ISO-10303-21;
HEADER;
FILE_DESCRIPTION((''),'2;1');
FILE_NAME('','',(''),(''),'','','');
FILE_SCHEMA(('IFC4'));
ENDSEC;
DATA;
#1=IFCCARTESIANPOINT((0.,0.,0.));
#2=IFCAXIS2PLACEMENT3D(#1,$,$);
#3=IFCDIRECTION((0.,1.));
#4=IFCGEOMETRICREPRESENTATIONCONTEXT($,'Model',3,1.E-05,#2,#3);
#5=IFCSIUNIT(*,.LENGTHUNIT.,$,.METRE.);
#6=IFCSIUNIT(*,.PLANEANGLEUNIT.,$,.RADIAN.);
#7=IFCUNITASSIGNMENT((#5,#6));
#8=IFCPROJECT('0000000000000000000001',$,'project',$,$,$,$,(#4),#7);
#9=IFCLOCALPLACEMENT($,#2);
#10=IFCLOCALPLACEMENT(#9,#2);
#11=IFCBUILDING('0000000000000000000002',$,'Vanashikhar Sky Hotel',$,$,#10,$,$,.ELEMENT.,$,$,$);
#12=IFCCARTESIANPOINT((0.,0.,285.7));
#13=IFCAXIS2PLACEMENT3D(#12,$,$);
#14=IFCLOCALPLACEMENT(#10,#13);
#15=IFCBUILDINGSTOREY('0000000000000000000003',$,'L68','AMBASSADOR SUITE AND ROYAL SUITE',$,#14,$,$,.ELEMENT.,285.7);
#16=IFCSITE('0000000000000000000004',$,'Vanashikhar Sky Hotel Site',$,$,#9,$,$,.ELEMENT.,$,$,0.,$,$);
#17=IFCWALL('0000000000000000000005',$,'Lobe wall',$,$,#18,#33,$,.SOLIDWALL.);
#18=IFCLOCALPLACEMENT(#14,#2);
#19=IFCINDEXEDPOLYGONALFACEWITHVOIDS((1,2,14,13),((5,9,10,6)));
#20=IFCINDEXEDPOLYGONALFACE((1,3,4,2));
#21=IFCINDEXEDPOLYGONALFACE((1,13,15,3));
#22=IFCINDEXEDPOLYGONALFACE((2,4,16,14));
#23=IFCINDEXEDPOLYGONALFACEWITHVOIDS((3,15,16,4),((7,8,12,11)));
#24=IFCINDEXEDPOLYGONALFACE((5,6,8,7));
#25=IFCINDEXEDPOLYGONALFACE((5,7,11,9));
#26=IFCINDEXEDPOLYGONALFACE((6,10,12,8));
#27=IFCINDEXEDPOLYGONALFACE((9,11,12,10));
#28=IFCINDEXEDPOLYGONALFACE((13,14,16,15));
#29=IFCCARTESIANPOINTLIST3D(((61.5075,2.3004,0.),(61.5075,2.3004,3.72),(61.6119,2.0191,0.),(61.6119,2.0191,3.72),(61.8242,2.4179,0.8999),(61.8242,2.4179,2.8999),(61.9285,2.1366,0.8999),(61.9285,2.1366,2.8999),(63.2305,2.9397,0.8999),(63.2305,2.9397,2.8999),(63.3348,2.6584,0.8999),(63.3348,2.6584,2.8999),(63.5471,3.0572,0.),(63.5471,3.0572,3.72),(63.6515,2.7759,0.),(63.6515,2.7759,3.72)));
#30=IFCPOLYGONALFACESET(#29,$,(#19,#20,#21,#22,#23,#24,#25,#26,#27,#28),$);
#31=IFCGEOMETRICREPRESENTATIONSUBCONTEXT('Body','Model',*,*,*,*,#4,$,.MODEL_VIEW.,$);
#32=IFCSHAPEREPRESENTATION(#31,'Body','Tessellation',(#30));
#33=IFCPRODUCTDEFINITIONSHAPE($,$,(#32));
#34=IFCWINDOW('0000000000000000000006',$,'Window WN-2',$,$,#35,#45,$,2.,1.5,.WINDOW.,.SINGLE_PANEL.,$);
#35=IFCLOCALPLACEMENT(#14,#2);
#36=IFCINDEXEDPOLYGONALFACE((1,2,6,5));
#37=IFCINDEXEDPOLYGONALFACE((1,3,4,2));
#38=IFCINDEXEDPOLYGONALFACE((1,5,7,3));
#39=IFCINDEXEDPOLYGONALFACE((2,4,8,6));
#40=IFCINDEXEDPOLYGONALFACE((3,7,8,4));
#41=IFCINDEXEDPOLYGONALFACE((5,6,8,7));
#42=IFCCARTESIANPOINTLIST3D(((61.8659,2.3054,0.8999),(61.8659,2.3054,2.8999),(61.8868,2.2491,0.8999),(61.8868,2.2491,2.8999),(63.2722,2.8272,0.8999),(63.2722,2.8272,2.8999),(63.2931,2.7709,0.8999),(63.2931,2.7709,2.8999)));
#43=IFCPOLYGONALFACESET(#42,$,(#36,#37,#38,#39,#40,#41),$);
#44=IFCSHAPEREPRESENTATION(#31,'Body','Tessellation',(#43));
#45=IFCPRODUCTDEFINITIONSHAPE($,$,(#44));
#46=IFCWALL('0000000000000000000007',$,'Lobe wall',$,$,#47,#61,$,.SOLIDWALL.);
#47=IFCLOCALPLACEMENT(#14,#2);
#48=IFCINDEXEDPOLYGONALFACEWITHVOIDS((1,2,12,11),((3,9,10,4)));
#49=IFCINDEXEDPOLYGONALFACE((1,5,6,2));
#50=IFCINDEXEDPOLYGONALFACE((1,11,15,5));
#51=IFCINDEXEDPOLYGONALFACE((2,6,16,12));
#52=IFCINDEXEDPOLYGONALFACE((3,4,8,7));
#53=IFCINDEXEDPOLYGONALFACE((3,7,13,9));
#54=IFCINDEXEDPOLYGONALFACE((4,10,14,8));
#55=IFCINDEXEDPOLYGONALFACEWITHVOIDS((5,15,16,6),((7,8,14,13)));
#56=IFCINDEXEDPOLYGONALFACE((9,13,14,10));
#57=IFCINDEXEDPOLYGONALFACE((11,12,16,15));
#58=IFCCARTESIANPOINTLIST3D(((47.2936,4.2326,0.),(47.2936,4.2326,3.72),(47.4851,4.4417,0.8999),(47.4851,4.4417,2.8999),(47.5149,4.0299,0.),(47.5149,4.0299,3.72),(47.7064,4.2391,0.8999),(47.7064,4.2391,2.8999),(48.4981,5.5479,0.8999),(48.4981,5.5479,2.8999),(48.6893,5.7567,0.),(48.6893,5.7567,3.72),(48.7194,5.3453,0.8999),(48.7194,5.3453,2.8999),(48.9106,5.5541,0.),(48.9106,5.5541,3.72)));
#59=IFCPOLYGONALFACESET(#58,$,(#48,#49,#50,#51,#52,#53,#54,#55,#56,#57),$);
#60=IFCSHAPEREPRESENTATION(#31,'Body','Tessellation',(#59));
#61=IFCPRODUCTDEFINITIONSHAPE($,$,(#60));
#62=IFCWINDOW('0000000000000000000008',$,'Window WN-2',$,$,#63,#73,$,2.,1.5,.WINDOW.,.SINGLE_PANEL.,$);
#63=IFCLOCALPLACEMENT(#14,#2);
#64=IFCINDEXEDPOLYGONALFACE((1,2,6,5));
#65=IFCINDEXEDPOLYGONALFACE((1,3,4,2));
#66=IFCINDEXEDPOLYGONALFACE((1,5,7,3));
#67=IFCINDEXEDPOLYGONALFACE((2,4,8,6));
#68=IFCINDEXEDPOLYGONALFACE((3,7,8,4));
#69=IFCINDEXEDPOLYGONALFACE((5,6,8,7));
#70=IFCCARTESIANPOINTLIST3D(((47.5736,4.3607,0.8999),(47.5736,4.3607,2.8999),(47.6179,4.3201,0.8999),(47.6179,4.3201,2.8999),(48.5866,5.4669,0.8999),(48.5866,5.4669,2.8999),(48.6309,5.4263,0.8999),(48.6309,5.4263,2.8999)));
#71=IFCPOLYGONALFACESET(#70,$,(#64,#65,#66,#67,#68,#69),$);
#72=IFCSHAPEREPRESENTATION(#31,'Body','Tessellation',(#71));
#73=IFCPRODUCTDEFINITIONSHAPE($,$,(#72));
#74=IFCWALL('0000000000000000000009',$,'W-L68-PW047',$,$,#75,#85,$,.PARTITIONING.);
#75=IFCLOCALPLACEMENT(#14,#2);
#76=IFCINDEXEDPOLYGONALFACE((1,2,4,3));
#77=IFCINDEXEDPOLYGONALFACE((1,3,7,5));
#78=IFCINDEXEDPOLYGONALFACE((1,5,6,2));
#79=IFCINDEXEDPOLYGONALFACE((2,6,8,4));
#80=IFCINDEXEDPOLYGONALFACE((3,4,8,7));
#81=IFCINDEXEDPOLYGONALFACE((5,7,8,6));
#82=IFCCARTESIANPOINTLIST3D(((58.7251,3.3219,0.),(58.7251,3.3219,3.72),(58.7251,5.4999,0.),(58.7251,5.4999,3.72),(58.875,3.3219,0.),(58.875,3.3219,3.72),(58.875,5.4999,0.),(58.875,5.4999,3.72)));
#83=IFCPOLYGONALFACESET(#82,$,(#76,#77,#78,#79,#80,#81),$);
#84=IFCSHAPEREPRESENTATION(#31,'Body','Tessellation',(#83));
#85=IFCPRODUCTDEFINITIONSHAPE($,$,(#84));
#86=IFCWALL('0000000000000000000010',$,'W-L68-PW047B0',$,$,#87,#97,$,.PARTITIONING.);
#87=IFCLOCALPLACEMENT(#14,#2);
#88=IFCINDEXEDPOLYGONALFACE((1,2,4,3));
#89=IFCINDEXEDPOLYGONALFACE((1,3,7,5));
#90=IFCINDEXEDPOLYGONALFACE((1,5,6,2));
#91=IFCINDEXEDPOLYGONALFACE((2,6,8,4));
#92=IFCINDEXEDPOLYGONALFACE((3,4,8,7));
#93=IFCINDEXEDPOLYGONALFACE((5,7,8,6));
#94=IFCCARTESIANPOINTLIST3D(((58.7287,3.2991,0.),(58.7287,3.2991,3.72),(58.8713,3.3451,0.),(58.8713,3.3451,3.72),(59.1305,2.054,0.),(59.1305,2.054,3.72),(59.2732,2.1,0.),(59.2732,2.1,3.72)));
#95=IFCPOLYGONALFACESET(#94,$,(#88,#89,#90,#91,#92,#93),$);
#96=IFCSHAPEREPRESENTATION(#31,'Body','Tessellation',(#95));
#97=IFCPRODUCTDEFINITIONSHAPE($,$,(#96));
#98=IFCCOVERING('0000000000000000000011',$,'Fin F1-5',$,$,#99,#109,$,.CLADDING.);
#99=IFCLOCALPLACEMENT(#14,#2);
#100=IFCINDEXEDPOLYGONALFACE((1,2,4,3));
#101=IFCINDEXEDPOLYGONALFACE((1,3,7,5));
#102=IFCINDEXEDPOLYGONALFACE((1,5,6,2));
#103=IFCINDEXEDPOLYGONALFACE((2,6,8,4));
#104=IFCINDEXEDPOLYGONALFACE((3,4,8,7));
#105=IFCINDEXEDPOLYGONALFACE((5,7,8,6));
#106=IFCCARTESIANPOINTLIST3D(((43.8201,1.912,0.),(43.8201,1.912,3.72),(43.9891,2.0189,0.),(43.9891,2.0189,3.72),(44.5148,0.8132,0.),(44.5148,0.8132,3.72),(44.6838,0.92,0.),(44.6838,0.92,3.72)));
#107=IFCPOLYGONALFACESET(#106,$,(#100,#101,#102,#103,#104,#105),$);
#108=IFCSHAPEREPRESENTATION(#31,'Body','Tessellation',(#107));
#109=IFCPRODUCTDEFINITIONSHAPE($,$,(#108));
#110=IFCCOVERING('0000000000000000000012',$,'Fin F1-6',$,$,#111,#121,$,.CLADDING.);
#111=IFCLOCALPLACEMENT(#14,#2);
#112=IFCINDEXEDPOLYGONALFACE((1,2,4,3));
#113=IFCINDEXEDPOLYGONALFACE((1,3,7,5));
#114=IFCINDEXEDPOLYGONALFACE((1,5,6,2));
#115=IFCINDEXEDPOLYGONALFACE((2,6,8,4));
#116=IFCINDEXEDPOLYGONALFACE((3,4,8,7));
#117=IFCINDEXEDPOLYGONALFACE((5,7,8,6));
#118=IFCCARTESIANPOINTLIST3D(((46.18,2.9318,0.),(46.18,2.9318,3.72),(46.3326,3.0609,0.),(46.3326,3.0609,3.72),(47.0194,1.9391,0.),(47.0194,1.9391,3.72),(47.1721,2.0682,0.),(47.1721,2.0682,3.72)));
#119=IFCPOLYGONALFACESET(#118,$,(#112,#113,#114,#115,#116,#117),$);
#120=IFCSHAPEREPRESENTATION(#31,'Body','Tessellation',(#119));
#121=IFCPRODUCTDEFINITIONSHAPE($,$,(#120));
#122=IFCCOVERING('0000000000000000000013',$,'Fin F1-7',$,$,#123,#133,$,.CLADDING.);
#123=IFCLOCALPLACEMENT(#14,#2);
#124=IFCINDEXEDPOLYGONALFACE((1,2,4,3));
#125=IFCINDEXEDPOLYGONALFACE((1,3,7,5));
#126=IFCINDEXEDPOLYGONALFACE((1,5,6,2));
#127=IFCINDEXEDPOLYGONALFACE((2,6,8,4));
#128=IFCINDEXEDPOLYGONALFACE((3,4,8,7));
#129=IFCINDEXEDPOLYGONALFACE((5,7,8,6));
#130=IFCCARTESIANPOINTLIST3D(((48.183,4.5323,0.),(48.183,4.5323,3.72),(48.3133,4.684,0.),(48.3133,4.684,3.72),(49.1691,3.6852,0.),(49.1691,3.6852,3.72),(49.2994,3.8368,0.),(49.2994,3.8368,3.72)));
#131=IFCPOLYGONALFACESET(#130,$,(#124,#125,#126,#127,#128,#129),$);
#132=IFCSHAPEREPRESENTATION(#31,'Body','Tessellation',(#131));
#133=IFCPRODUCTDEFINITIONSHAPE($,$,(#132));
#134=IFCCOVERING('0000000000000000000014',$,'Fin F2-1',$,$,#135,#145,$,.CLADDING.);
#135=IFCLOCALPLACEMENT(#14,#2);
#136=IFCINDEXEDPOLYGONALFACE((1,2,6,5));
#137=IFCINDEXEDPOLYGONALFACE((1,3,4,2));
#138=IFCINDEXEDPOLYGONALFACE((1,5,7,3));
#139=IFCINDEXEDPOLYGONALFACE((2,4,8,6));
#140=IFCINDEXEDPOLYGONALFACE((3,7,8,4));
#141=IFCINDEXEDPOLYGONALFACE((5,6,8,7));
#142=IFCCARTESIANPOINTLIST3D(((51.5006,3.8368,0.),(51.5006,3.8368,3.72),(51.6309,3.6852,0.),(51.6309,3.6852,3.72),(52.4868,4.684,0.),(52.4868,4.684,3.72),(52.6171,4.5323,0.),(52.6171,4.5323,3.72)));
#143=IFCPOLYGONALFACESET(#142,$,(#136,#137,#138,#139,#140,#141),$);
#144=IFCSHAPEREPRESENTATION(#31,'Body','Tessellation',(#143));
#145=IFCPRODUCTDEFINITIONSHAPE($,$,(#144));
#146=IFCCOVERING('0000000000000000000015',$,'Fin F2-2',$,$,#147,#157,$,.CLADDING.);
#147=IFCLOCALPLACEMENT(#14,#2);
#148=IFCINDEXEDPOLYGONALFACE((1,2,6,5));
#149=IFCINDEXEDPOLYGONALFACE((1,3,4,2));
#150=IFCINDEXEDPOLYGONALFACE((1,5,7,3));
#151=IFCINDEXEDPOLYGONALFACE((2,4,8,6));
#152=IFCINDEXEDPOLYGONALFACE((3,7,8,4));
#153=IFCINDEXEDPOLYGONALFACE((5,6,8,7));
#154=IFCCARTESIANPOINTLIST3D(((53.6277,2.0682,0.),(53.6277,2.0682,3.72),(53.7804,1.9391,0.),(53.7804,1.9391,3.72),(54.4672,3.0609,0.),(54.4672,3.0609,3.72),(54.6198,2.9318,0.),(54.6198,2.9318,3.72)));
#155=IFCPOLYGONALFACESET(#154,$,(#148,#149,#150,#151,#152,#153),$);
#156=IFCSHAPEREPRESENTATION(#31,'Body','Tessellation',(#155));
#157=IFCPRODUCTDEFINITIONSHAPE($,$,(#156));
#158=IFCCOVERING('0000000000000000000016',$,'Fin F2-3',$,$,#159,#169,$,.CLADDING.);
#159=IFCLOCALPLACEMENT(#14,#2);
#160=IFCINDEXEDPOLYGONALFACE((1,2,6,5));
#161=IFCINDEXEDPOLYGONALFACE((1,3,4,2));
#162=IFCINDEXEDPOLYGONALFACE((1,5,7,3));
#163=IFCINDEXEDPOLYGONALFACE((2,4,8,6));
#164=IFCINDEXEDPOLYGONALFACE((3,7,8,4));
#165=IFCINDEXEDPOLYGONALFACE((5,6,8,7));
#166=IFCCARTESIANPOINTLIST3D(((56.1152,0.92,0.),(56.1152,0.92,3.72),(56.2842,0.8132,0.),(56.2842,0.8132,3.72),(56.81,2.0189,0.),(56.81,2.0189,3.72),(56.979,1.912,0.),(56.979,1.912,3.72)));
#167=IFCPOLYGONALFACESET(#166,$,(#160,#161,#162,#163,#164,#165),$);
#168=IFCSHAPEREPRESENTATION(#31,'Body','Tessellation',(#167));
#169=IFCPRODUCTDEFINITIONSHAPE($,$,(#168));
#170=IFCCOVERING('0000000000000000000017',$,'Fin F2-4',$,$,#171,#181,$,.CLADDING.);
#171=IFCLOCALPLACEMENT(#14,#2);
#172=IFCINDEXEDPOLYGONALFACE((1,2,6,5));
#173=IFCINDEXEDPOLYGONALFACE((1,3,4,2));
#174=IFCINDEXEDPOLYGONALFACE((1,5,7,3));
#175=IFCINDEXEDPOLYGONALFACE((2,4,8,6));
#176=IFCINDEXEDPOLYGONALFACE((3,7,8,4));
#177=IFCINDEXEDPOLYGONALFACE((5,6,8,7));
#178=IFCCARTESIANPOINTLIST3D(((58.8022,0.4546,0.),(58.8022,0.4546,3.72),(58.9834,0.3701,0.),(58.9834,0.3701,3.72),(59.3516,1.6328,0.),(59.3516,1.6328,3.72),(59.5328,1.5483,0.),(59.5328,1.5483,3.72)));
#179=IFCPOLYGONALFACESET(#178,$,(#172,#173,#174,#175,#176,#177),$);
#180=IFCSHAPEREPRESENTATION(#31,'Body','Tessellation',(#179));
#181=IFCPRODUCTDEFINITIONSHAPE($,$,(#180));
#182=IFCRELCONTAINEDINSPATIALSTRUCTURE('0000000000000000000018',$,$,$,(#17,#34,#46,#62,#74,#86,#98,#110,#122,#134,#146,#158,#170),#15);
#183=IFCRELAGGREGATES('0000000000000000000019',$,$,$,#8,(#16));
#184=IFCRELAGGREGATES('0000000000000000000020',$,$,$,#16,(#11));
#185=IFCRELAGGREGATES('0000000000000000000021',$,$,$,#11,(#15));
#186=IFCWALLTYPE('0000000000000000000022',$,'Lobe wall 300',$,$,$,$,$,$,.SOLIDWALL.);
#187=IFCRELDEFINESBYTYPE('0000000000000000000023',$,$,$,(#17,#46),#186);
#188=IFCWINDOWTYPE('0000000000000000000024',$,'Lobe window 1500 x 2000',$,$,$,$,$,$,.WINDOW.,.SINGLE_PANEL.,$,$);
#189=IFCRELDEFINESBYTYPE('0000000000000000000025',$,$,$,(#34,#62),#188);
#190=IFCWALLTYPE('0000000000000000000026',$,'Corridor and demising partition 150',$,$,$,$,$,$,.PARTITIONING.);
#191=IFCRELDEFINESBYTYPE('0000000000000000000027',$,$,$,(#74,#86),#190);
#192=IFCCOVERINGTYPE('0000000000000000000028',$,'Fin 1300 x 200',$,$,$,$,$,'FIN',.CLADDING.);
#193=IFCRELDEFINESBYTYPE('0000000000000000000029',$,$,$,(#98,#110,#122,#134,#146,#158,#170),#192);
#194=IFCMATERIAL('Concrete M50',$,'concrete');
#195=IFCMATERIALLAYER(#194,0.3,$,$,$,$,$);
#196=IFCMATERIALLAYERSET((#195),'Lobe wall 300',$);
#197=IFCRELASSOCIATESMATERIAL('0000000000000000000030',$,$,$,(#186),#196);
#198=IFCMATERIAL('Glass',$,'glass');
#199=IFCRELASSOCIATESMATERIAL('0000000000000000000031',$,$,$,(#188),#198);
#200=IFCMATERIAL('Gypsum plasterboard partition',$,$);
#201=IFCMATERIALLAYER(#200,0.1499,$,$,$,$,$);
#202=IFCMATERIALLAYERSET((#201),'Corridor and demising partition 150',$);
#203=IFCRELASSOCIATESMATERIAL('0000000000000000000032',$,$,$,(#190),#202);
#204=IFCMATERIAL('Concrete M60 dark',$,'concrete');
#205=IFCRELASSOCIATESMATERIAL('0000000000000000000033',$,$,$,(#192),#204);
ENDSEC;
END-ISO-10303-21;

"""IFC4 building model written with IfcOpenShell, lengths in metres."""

from ifc_helpers import new_model, si_unit, direction, frame, frame_2d, origin, origin_2d, place, context, subcontext, project, spatial, rectangle, extrude, source, transform, mapped, material, layer, layer_set, material_profile, profile_set, type_object, element, fill, save


model = new_model("IFC4")

# Units and contexts
model_context = context("Model", 3, precision=1e-05, world=origin(), true_north=direction((0.0, 1.0)))
body_context = subcontext(model_context, "Body", "Model", "MODEL_VIEW")
ifc_project = project(units=[si_unit("LENGTHUNIT", "METRE"), si_unit("PLANEANGLEUNIT", "RADIAN")], contexts=[model_context])

# Site, building, storey
site_placement = place(None, origin())
site = spatial("IfcSite", under=ifc_project, at=site_placement, Name="Vanashikhar Sky Hotel Site", CompositionType="ELEMENT", RefElevation=0.0)
building_placement = place(site_placement, origin())
building = spatial("IfcBuilding", under=site, at=building_placement, Name="Vanashikhar Sky Hotel", CompositionType="ELEMENT")
storey_placement = place(building_placement, frame((0.0, 0.0, 285.7)))
storey = spatial("IfcBuildingStorey", under=building, at=storey_placement, Name="L68", Description="AMBASSADOR SUITE AND ROYAL SUITE", CompositionType="ELEMENT", Elevation=285.7)

# Shared definitions
ifc_material_1 = material(Name="Concrete M50", Category="concrete")

# Walls, openings, windows
ifc_layer_1 = layer(ifc_material_1, 0.3)
ifc_layer_set_1 = layer_set([ifc_layer_1], Name="Lobe wall 300")
wall_type_1 = type_object("IfcWallType", Name="Lobe wall 300", PredefinedType="SOLIDWALL", material=ifc_layer_set_1)
shared_shape_1 = source(origin(), body_context, "Body", "SweptSolid", [
    extrude(rectangle(XDim=1.5, YDim=2.0, at=frame_2d((0.75, 1.0))), frame((0.0, 0.1602, 0.0), z_axis=(0.0, -1.0, 0.0), x_axis=(1.0, 0.0, 0.0)), (0.0, 0.0, 1.0), 0.3201),
])
ifc_material_2 = material(Name="Glass", Category="glass")
window_type = type_object("IfcWindowType", Name="Lobe window 1500 x 2000", PartitioningType="SINGLE_PANEL", PredefinedType="WINDOW", material=ifc_material_2)
shared_shape_2 = source(origin(), body_context, "Body", "SweptSolid", [
    extrude(rectangle(XDim=1.5, YDim=2.0, at=frame_2d((0.75, 1.0))), frame((0.0, 0.03, 0.0), z_axis=(0.0, -1.0, 0.0), x_axis=(1.0, 0.0, 0.0)), (0.0, 0.0, 1.0), 0.0601),
])
shared_shape_3 = source(origin(), body_context, "Body", "SweptSolid", [
    extrude(rectangle(XDim=2.1755, YDim=0.3, at=frame_2d((1.0879, 0.0))), origin(), (0.0, 0.0, 1.0), 3.72),
])
wall_1_placement = place(storey_placement, frame((61.5596, 2.1597, 0.0), z_axis=(0.0, 0.0, 1.0), x_axis=(0.937532, 0.347899, 0.0)))
wall_1 = element("IfcWall", 1, at=wall_1_placement, inside=storey, type_object=wall_type_1, Name="Lobe wall", PredefinedType="SOLIDWALL", context=body_context, shape_type="MappedRepresentation", body=[
    mapped(shared_shape_3, transform((0.0, 0.0, 0.0), scale=1.0)),
])
opening_1_placement = place(wall_1_placement, frame((0.3379, 0.0, 0.8999)))
opening_1 = element("IfcOpeningElement", 2, at=opening_1_placement, cuts=wall_1, PredefinedType="OPENING", context=body_context, shape_type="MappedRepresentation", body=[
    mapped(shared_shape_1, transform((0.0, 0.0, 0.0), scale=1.0)),
])
window_1_placement = place(opening_1_placement, origin())
window_1 = element("IfcWindow", 3, at=window_1_placement, inside=storey, type_object=window_type, Name="Window WN-2", OverallHeight=2.0, OverallWidth=1.5, PartitioningType="SINGLE_PANEL", PredefinedType="WINDOW", context=body_context, shape_type="MappedRepresentation", body=[
    mapped(shared_shape_2, transform((0.0, 0.0, 0.0), scale=1.0)),
])
fill(opening_1, window_1)
shared_shape_4 = source(origin(), body_context, "Body", "SweptSolid", [
    extrude(rectangle(XDim=2.0667, YDim=0.3, at=frame_2d((1.0332, 0.0))), origin(), (0.0, 0.0, 1.0), 3.72),
])
wall_2_placement = place(storey_placement, frame((47.4043, 4.1313, 0.0), z_axis=(0.0, 0.0, 1.0), x_axis=(0.675355, 0.737492, 0.0)))
wall_2 = element("IfcWall", 4, at=wall_2_placement, inside=storey, type_object=wall_type_1, Name="Lobe wall", PredefinedType="SOLIDWALL", context=body_context, shape_type="MappedRepresentation", body=[
    mapped(shared_shape_4, transform((0.0, 0.0, 0.0), scale=1.0)),
])
opening_2_placement = place(wall_2_placement, frame((0.2834, 0.0, 0.8999)))
opening_2 = element("IfcOpeningElement", 5, at=opening_2_placement, cuts=wall_2, PredefinedType="OPENING", context=body_context, shape_type="MappedRepresentation", body=[
    mapped(shared_shape_1, transform((0.0, 0.0, 0.0), scale=1.0)),
])
window_2_placement = place(opening_2_placement, origin())
window_2 = element("IfcWindow", 6, at=window_2_placement, inside=storey, type_object=window_type, Name="Window WN-2", OverallHeight=2.0, OverallWidth=1.5, PartitioningType="SINGLE_PANEL", PredefinedType="WINDOW", context=body_context, shape_type="MappedRepresentation", body=[
    mapped(shared_shape_2, transform((0.0, 0.0, 0.0), scale=1.0)),
])
fill(opening_2, window_2)

# Walls
ifc_material_3 = material(Name="Gypsum plasterboard partition")
ifc_layer_2 = layer(ifc_material_3, 0.1499)
ifc_layer_set_2 = layer_set([ifc_layer_2], Name="Corridor and demising partition 150")
wall_type_2 = type_object("IfcWallType", Name="Corridor and demising partition 150", PredefinedType="PARTITIONING", material=ifc_layer_set_2)
shared_shape_5 = source(origin(), body_context, "Body", "SweptSolid", [
    extrude(rectangle(XDim=2.178, YDim=0.1499, at=frame_2d((1.0889, 0.0))), origin(), (0.0, 0.0, 1.0), 3.72),
])
wall_3_placement = place(storey_placement, frame((58.8, 3.322, 0.0), z_axis=(0.0, 0.0, 1.0), x_axis=(0.0, 1.0, 0.0)))
element("IfcWall", 7, at=wall_3_placement, inside=storey, type_object=wall_type_2, Name="W-L68-PW047", PredefinedType="PARTITIONING", context=body_context, shape_type="MappedRepresentation", body=[
    mapped(shared_shape_5, transform((0.0, 0.0, 0.0), scale=1.0)),
])
shared_shape_6 = source(origin(), body_context, "Body", "SweptSolid", [
    extrude(rectangle(XDim=1.3083, YDim=0.1499, at=frame_2d((0.6543, 0.0))), origin(), (0.0, 0.0, 1.0), 3.72),
])
wall_4_placement = place(storey_placement, frame((59.2019, 2.0769, 0.0), z_axis=(0.0, 0.0, 1.0), x_axis=(-0.307145, 0.951663, 0.0)))
element("IfcWall", 8, at=wall_4_placement, inside=storey, type_object=wall_type_2, Name="W-L68-PW047B0", PredefinedType="PARTITIONING", context=body_context, shape_type="MappedRepresentation", body=[
    mapped(shared_shape_6, transform((0.0, 0.0, 0.0), scale=1.0)),
])

# Coverings
ifc_material_4 = material(Name="Concrete M60 dark", Category="concrete")
ifc_material_profile = material_profile(ifc_material_4, rectangle(XDim=1.3, YDim=0.2, at=origin_2d()))
ifc_profile_set = profile_set([ifc_material_profile], Name="Fin 1300 x 200")
covering_type = type_object("IfcCoveringType", Name="Fin 1300 x 200", ElementType="FIN", PredefinedType="CLADDING", material=ifc_profile_set)
shared_shape_7 = source(origin(), body_context, "Body", "SweptSolid", [
    extrude(rectangle(XDim=1.3, YDim=0.2, at=origin_2d()), origin(), (0.0, 0.0, 1.0), 3.72),
])
for number, where, z_axis, x_axis, name in (
    (9, (44.252, 1.416, 0.0), (0.0, 0.0, 1.0), (0.534411, -0.845225, 0.0), "Fin F1-5"),
    (10, (46.676, 2.5, 0.0), (0.0, 0.0, 1.0), (0.645698, -0.763593, 0.0), "Fin F1-6"),
    (11, (48.7412, 4.1846, 0.0), (0.0, 0.0, 1.0), (0.758544, -0.651622, 0.0), "Fin F1-7"),
    (12, (52.0588, 4.1846, 0.0), (0.0, 0.0, 1.0), (-0.758544, -0.651622, 0.0), "Fin F2-1"),
    (13, (54.1238, 2.5, 0.0), (0.0, 0.0, 1.0), (-0.645698, -0.763593, 0.0), "Fin F2-2"),
    (14, (56.5471, 1.416, 0.0), (0.0, 0.0, 1.0), (-0.534411, -0.845225, 0.0), "Fin F2-3"),
    (15, (59.1675, 1.0015, 0.0), (0.0, 0.0, 1.0), (-0.422618, -0.906308, 0.0), "Fin F2-4"),
):
    element("IfcCovering", number, at=place(storey_placement, frame(where, z_axis=z_axis, x_axis=x_axis)), inside=storey, type_object=covering_type, Name=name, PredefinedType="CLADDING", context=body_context, shape_type="MappedRepresentation", body=[
        mapped(shared_shape_7, transform((0.0, 0.0, 0.0), scale=1.0)),
    ])

save(model, "model.ifc")
